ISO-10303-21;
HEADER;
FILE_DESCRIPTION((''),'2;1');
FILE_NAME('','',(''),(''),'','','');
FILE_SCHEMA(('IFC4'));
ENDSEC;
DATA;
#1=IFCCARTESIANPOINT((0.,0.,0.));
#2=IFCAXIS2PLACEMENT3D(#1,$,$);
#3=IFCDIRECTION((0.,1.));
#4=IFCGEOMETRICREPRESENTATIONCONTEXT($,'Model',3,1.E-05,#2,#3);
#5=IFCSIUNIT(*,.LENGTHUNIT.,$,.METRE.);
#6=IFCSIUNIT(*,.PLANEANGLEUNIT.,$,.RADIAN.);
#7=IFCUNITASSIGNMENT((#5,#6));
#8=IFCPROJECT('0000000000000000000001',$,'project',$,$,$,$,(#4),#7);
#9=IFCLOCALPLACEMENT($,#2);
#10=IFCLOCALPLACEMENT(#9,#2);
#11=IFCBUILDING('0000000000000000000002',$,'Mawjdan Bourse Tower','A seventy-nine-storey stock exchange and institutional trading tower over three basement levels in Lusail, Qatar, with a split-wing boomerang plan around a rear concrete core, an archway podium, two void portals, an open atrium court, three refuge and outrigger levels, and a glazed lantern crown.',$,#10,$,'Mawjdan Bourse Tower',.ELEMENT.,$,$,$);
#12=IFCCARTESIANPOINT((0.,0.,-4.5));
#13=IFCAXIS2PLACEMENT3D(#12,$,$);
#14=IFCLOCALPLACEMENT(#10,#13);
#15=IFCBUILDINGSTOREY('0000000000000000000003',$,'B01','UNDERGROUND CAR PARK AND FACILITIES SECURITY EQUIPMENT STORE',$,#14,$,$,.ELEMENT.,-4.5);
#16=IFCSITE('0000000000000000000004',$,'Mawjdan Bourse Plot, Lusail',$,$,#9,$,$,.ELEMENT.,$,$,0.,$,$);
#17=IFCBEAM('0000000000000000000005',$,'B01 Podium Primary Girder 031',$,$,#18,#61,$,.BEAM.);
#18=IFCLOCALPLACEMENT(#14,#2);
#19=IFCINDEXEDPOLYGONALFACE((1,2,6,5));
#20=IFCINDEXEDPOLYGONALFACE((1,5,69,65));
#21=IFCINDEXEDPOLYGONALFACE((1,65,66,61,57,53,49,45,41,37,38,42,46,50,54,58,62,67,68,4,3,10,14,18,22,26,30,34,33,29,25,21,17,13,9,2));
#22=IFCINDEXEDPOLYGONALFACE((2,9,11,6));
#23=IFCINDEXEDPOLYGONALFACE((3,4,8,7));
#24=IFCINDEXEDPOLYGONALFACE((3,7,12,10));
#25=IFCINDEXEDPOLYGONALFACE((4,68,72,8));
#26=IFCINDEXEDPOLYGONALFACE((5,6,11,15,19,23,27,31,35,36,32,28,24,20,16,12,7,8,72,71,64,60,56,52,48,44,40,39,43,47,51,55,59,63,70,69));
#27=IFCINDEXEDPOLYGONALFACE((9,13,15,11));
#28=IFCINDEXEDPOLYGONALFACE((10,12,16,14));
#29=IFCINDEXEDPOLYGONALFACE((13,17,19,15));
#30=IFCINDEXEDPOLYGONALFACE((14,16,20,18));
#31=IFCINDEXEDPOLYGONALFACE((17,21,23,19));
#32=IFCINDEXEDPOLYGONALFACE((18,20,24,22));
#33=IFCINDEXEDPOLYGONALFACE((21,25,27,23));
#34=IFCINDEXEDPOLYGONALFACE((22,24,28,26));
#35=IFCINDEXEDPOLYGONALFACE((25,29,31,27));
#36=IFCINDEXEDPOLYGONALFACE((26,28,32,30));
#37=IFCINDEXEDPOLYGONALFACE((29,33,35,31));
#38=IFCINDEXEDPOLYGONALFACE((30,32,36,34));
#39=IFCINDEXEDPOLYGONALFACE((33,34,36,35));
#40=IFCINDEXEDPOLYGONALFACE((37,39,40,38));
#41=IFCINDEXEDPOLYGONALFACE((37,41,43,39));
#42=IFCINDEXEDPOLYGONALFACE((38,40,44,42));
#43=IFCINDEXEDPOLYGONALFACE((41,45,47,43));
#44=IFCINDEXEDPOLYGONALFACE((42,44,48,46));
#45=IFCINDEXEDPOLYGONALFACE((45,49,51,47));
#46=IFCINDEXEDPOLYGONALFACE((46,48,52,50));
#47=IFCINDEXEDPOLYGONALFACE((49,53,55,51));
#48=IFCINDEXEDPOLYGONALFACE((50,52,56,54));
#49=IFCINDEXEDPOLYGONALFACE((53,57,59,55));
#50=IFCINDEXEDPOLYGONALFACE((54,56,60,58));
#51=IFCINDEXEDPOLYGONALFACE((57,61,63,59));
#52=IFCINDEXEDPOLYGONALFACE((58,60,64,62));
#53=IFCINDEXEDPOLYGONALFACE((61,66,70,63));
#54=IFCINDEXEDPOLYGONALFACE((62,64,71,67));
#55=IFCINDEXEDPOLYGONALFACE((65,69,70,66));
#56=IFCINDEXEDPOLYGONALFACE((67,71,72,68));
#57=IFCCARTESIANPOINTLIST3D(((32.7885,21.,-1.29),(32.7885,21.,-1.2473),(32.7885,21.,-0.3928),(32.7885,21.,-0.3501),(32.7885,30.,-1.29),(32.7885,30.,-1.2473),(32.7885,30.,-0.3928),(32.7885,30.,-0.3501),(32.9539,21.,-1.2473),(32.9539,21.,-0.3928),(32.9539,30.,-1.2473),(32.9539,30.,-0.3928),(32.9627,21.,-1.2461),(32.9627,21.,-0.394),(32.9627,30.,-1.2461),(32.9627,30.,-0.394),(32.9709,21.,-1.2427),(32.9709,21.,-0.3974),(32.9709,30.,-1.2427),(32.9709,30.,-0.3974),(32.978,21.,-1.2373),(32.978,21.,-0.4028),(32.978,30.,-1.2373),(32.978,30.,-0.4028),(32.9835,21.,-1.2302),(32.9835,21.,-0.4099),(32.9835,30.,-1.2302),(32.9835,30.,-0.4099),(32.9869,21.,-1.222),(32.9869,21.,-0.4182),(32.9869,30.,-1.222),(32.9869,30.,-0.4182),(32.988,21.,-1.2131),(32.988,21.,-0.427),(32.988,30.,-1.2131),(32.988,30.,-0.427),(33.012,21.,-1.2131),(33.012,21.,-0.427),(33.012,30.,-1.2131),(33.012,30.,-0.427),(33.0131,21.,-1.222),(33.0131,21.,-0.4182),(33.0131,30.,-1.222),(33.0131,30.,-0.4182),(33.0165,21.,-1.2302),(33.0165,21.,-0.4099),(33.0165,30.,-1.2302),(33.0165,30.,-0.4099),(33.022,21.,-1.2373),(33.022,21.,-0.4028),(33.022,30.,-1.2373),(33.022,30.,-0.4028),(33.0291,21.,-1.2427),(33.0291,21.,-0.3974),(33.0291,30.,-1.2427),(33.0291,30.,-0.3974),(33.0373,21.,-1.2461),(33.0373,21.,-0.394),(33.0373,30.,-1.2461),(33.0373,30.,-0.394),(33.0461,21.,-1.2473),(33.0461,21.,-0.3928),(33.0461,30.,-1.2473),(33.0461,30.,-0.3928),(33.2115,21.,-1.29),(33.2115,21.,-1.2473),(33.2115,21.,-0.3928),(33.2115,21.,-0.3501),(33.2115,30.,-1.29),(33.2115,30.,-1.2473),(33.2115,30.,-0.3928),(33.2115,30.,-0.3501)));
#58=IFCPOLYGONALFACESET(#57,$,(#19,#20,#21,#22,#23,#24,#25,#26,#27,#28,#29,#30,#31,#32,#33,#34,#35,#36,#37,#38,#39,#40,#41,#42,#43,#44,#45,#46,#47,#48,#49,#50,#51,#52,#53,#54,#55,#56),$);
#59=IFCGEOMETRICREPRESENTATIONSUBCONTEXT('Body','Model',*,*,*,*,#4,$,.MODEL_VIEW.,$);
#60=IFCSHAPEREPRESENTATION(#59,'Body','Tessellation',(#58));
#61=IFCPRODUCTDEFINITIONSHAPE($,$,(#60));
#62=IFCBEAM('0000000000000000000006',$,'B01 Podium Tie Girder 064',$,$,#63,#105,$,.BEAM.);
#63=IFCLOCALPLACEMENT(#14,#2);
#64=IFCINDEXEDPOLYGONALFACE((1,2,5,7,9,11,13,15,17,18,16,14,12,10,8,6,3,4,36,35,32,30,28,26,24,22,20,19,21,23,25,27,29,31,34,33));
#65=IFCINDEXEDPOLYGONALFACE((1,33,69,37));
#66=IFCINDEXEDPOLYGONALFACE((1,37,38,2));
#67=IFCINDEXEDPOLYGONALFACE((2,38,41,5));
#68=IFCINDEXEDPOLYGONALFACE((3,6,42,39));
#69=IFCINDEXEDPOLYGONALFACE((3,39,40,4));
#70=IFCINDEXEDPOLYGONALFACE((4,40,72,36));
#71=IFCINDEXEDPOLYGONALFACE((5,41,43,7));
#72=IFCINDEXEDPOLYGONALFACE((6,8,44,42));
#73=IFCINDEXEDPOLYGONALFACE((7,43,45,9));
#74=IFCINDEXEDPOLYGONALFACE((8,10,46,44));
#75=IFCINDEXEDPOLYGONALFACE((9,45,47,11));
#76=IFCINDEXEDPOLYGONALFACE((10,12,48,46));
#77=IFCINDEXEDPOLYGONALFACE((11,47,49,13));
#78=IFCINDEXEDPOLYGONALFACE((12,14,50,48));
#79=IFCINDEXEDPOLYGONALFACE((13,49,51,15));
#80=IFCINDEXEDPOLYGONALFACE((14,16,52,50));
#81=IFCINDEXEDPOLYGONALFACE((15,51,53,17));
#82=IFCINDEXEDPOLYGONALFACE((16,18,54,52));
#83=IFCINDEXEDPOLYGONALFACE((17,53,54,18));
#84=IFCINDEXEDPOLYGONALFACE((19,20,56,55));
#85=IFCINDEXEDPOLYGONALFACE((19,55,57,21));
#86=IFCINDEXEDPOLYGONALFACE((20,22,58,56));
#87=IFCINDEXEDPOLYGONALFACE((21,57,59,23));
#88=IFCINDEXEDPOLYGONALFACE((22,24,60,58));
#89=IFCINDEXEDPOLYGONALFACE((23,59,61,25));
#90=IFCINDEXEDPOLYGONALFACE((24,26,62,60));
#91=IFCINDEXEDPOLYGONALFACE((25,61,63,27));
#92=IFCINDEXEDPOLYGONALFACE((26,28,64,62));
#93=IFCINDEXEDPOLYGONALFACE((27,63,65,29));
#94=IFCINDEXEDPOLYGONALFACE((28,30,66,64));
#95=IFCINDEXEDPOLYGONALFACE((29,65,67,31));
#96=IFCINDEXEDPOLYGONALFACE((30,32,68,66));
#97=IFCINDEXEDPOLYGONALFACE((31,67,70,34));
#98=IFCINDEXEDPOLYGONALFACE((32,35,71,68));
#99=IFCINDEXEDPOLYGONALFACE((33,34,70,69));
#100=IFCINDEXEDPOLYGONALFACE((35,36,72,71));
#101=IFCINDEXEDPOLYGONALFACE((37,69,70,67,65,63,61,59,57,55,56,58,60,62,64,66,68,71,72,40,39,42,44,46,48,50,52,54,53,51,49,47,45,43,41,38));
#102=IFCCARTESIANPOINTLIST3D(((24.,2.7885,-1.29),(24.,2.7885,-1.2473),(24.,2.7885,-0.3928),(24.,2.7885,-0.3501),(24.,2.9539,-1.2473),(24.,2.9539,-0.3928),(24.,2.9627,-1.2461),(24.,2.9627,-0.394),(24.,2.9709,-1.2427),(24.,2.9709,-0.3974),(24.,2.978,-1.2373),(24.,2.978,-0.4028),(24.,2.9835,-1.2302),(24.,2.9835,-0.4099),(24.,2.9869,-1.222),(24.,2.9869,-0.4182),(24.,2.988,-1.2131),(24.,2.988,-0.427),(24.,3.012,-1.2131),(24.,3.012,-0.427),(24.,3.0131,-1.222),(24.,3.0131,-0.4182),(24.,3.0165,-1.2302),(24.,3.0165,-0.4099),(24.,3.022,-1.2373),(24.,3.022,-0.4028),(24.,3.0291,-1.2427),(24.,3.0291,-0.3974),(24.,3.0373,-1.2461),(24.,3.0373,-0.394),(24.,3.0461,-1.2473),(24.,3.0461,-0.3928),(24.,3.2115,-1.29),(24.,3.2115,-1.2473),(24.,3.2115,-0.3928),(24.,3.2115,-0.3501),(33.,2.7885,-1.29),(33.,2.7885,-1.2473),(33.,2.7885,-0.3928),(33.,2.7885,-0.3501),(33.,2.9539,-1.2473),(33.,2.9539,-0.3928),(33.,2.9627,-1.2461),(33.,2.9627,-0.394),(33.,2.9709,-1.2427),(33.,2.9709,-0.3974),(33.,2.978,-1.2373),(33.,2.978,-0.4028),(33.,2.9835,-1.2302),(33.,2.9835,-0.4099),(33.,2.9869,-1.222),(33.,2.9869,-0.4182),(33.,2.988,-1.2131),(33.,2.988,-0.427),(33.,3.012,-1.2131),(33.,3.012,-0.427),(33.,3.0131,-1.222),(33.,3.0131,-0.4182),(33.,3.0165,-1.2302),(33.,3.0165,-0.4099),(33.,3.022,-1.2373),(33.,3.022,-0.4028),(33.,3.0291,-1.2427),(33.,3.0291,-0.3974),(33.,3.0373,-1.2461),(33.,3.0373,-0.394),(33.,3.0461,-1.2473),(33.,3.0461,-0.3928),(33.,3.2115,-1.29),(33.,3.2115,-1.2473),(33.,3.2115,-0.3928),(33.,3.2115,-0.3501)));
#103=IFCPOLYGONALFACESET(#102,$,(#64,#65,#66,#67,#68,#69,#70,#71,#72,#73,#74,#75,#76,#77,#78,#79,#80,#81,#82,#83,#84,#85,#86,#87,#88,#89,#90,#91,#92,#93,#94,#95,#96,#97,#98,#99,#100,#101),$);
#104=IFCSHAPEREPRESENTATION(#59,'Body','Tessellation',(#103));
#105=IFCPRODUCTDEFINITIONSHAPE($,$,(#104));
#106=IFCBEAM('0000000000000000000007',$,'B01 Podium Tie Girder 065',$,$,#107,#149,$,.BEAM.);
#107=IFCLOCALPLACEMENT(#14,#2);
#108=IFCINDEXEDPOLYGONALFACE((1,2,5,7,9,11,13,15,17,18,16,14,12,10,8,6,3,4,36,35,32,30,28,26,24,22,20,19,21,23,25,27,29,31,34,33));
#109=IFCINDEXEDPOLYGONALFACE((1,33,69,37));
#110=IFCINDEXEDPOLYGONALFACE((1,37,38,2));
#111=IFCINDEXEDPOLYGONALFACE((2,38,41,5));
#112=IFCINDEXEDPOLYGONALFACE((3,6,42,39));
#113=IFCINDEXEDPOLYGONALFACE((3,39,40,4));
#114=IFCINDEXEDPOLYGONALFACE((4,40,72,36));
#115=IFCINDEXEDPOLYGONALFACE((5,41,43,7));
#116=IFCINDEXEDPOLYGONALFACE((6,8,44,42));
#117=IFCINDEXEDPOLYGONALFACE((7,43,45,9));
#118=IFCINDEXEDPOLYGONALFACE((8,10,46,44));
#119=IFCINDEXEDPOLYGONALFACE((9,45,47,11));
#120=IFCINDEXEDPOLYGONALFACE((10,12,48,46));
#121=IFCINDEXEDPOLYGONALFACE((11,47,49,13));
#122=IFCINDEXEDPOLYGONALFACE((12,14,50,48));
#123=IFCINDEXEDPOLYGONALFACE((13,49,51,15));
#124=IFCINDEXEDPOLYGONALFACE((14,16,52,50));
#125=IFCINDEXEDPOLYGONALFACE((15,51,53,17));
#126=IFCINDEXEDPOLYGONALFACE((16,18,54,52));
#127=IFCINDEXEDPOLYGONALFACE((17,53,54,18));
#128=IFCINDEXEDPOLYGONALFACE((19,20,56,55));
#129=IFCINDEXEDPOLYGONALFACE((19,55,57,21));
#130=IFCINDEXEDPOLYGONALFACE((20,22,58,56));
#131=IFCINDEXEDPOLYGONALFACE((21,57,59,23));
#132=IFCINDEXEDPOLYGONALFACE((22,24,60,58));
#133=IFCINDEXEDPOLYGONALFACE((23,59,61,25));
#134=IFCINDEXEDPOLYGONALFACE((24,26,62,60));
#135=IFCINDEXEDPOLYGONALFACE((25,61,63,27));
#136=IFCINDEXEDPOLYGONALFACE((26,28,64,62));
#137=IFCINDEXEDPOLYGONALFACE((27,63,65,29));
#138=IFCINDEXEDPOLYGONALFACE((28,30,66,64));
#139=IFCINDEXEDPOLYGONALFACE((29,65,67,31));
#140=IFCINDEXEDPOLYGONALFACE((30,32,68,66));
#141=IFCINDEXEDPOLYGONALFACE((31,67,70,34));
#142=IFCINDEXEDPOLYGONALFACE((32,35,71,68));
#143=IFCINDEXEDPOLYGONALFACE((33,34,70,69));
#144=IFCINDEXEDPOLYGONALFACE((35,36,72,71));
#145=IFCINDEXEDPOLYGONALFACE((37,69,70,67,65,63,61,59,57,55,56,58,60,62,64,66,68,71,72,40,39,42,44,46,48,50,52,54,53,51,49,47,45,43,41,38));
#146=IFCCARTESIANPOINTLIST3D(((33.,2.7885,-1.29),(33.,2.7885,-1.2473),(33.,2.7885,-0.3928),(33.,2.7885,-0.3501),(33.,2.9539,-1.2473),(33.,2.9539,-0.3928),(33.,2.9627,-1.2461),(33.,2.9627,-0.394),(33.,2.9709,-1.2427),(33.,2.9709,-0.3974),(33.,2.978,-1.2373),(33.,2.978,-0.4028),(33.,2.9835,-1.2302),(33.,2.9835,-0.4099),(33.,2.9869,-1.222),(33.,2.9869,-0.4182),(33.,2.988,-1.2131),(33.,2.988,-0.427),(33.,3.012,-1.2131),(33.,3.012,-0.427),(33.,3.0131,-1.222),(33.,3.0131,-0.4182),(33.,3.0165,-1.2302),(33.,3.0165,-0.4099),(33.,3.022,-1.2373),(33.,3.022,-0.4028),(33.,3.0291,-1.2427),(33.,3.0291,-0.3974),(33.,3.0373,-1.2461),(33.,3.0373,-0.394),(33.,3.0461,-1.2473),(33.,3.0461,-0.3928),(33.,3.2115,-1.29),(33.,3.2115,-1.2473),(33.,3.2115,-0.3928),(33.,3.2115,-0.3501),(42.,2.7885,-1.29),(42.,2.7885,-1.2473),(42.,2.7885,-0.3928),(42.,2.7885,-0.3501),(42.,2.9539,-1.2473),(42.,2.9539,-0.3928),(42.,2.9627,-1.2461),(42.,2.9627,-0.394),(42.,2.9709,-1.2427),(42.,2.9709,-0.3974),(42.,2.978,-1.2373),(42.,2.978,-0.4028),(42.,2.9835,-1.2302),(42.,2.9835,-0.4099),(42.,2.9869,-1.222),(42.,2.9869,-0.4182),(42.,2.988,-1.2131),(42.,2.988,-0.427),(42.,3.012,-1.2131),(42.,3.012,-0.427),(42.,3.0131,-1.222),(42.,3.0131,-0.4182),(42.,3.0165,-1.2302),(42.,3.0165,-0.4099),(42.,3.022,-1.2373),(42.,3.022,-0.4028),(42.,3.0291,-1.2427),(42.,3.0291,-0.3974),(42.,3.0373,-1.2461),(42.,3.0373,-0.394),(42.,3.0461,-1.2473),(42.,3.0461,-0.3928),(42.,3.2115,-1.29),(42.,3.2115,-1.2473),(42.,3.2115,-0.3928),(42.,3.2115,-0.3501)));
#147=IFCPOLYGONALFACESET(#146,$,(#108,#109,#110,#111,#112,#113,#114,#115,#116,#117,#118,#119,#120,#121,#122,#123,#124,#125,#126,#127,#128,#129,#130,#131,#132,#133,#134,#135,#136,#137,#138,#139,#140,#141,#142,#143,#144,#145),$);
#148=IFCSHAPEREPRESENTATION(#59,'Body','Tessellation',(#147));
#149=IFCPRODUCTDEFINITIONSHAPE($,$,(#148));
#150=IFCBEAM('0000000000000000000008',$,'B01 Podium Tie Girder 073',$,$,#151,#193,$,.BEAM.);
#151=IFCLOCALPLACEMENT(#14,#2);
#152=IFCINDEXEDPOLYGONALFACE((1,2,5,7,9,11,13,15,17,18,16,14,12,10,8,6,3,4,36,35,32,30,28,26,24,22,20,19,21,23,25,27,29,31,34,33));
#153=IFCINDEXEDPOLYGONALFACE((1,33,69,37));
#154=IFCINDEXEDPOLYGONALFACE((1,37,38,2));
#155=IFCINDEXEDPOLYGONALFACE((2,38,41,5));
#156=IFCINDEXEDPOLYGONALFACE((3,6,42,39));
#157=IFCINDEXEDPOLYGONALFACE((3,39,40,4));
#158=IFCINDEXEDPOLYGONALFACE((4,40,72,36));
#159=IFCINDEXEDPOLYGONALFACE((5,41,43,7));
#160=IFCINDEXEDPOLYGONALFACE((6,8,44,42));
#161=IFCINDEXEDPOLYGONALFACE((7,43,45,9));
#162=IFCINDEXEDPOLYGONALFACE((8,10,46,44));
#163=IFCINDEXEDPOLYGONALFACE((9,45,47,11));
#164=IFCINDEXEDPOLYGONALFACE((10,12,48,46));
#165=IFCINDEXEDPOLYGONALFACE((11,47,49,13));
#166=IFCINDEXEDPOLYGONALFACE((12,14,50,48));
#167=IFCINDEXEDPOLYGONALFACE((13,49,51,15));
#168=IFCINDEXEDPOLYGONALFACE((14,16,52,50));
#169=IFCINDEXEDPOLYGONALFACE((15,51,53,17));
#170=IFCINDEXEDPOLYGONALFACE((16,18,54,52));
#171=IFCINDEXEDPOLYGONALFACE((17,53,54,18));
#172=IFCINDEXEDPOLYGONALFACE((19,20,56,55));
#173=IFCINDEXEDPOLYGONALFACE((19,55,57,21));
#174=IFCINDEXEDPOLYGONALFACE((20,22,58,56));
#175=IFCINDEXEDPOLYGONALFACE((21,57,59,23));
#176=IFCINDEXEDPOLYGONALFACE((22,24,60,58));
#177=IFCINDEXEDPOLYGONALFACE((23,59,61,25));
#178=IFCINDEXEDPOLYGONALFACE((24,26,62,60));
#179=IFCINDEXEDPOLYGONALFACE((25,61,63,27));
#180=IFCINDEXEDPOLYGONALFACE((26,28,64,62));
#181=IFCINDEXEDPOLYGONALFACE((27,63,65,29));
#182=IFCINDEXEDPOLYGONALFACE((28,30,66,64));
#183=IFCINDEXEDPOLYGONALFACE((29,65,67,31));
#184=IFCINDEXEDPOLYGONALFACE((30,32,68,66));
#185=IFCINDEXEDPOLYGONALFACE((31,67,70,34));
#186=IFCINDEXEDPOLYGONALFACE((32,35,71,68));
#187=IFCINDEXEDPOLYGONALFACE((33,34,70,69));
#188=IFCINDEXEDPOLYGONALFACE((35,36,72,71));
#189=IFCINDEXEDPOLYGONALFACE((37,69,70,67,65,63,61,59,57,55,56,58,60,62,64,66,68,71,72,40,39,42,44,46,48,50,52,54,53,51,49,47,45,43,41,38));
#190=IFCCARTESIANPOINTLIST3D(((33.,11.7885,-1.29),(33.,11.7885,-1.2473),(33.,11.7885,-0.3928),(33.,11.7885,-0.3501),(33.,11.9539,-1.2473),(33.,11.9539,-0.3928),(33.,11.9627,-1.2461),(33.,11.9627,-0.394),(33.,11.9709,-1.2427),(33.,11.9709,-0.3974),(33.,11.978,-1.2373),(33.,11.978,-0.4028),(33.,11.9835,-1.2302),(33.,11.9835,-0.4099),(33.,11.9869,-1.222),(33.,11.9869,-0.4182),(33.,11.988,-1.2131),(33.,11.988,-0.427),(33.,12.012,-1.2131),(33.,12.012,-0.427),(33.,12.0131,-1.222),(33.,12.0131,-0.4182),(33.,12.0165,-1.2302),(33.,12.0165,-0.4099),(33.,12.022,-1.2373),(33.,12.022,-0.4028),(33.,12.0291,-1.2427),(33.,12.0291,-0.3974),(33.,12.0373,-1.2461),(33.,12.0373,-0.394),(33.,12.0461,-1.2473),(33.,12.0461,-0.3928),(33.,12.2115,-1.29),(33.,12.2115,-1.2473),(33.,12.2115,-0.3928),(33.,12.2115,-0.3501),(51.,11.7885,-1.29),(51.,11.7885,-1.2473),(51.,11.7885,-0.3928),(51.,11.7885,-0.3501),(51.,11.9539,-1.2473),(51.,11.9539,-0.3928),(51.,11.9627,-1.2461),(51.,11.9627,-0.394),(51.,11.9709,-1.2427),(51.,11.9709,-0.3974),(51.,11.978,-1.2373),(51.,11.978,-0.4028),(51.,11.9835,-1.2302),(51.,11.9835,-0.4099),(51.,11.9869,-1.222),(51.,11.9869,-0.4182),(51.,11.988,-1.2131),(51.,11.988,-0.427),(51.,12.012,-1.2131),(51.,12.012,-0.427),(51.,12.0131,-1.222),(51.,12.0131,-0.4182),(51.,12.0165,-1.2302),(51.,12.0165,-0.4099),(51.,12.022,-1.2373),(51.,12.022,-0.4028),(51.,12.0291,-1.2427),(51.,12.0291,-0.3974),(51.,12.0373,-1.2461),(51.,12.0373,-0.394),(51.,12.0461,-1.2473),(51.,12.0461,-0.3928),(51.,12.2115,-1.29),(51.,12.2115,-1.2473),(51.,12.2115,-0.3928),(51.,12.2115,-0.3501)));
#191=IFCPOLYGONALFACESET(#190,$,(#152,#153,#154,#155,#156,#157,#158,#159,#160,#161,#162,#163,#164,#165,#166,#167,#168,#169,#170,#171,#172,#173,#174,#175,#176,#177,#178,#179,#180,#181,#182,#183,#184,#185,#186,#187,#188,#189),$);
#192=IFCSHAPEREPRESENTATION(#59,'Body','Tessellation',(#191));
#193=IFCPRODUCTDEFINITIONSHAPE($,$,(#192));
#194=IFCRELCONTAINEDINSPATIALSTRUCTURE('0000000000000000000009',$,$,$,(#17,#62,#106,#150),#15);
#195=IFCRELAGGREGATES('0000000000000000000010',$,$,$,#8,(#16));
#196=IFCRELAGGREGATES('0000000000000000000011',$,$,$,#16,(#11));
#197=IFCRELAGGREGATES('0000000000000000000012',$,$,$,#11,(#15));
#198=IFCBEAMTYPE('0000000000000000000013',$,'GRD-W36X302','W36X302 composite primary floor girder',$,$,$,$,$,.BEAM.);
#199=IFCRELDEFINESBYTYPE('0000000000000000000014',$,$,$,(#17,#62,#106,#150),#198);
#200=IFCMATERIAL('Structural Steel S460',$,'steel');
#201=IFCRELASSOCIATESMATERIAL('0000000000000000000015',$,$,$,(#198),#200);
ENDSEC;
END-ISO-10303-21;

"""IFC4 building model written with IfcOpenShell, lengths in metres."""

from ifc_helpers import new_model, si_unit, direction, frame, origin, origin_2d, place, context, subcontext, project, spatial, i_section, extrude, material, material_profile, profile_set, type_object, element, save


model = new_model("IFC4")

# Units and contexts
model_context = context("Model", 3, precision=1e-05, world=origin(), true_north=direction((0.0, 1.0)))
body_context = subcontext(model_context, "Body", "Model", "MODEL_VIEW")
ifc_project = project(units=[si_unit("LENGTHUNIT", "METRE"), si_unit("PLANEANGLEUNIT", "RADIAN")], contexts=[model_context])

# Site, building, storey
site_placement = place(None, origin())
site = spatial("IfcSite", under=ifc_project, at=site_placement, Name="Mawjdan Bourse Plot, Lusail", CompositionType="ELEMENT", RefElevation=0.0)
building_placement = place(site_placement, origin())
building = spatial("IfcBuilding", under=site, at=building_placement, Name="Mawjdan Bourse Tower", Description="A seventy-nine-storey stock exchange and institutional trading tower over three basement levels in Lusail, Qatar, with a split-wing boomerang plan around a rear concrete core, an archway podium, two void portals, an open atrium court, three refuge and outrigger levels, and a glazed lantern crown.", LongName="Mawjdan Bourse Tower", CompositionType="ELEMENT")
storey_placement = place(building_placement, frame((0.0, 0.0, -4.5)))
storey = spatial("IfcBuildingStorey", under=building, at=storey_placement, Name="B01", Description="UNDERGROUND CAR PARK AND FACILITIES SECURITY EQUIPMENT STORE", CompositionType="ELEMENT", Elevation=-4.5)

# Beams
ifc_material_1 = material(Name="Structural Steel S460", Category="steel")
ifc_material_profile_1 = material_profile(ifc_material_1, i_section(OverallWidth=0.4231, OverallDepth=0.9399, WebThickness=0.0239, FlangeThickness=0.0427, FilletRadius=0.0342, at=origin_2d()), Name="W36X302")
ifc_profile_set_1 = profile_set([ifc_material_profile_1], Name="Structural Steel S460")
beam_type_1 = type_object("IfcBeamType", Name="GRD-W36X302", Description="W36X302 composite primary floor girder", PredefinedType="BEAM", material=ifc_profile_set_1)
for number, where, z_axis, x_axis, name in (
    (1, (33.0, 21.0, -0.8201), (0.0, 1.0, 0.0), (-1.0, 0.0, 0.0), "B01 Podium Primary Girder 031"),
    (2, (24.0, 3.0, -0.8201), (1.0, 0.0, 0.0), (0.0, 1.0, 0.0), "B01 Podium Tie Girder 064"),
    (3, (33.0, 3.0, -0.8201), (1.0, 0.0, 0.0), (0.0, 1.0, 0.0), "B01 Podium Tie Girder 065"),
):
    element("IfcBeam", number, at=place(storey_placement, frame(where, z_axis=z_axis, x_axis=x_axis)), inside=storey, type_object=beam_type_1, Name=name, PredefinedType="BEAM", context=body_context, shape_type="SweptSolid", body=[
        extrude(i_section(OverallWidth=0.4231, OverallDepth=0.9399, WebThickness=0.0239, FlangeThickness=0.0427, FilletRadius=0.0342, at=origin_2d()), origin(), (0.0, 0.0, 1.0), 9.0),
    ])
beam_1_placement = place(storey_placement, frame((33.0, 12.0, -0.8201), z_axis=(1.0, 0.0, 0.0), x_axis=(0.0, 1.0, 0.0)))
element("IfcBeam", 4, at=beam_1_placement, inside=storey, type_object=beam_type_1, Name="B01 Podium Tie Girder 073", PredefinedType="BEAM", context=body_context, shape_type="SweptSolid", body=[
    extrude(i_section(OverallWidth=0.4231, OverallDepth=0.9399, WebThickness=0.0239, FlangeThickness=0.0427, FilletRadius=0.0342, at=origin_2d()), origin(), (0.0, 0.0, 1.0), 18.0),
])

save(model, "model.ifc")
